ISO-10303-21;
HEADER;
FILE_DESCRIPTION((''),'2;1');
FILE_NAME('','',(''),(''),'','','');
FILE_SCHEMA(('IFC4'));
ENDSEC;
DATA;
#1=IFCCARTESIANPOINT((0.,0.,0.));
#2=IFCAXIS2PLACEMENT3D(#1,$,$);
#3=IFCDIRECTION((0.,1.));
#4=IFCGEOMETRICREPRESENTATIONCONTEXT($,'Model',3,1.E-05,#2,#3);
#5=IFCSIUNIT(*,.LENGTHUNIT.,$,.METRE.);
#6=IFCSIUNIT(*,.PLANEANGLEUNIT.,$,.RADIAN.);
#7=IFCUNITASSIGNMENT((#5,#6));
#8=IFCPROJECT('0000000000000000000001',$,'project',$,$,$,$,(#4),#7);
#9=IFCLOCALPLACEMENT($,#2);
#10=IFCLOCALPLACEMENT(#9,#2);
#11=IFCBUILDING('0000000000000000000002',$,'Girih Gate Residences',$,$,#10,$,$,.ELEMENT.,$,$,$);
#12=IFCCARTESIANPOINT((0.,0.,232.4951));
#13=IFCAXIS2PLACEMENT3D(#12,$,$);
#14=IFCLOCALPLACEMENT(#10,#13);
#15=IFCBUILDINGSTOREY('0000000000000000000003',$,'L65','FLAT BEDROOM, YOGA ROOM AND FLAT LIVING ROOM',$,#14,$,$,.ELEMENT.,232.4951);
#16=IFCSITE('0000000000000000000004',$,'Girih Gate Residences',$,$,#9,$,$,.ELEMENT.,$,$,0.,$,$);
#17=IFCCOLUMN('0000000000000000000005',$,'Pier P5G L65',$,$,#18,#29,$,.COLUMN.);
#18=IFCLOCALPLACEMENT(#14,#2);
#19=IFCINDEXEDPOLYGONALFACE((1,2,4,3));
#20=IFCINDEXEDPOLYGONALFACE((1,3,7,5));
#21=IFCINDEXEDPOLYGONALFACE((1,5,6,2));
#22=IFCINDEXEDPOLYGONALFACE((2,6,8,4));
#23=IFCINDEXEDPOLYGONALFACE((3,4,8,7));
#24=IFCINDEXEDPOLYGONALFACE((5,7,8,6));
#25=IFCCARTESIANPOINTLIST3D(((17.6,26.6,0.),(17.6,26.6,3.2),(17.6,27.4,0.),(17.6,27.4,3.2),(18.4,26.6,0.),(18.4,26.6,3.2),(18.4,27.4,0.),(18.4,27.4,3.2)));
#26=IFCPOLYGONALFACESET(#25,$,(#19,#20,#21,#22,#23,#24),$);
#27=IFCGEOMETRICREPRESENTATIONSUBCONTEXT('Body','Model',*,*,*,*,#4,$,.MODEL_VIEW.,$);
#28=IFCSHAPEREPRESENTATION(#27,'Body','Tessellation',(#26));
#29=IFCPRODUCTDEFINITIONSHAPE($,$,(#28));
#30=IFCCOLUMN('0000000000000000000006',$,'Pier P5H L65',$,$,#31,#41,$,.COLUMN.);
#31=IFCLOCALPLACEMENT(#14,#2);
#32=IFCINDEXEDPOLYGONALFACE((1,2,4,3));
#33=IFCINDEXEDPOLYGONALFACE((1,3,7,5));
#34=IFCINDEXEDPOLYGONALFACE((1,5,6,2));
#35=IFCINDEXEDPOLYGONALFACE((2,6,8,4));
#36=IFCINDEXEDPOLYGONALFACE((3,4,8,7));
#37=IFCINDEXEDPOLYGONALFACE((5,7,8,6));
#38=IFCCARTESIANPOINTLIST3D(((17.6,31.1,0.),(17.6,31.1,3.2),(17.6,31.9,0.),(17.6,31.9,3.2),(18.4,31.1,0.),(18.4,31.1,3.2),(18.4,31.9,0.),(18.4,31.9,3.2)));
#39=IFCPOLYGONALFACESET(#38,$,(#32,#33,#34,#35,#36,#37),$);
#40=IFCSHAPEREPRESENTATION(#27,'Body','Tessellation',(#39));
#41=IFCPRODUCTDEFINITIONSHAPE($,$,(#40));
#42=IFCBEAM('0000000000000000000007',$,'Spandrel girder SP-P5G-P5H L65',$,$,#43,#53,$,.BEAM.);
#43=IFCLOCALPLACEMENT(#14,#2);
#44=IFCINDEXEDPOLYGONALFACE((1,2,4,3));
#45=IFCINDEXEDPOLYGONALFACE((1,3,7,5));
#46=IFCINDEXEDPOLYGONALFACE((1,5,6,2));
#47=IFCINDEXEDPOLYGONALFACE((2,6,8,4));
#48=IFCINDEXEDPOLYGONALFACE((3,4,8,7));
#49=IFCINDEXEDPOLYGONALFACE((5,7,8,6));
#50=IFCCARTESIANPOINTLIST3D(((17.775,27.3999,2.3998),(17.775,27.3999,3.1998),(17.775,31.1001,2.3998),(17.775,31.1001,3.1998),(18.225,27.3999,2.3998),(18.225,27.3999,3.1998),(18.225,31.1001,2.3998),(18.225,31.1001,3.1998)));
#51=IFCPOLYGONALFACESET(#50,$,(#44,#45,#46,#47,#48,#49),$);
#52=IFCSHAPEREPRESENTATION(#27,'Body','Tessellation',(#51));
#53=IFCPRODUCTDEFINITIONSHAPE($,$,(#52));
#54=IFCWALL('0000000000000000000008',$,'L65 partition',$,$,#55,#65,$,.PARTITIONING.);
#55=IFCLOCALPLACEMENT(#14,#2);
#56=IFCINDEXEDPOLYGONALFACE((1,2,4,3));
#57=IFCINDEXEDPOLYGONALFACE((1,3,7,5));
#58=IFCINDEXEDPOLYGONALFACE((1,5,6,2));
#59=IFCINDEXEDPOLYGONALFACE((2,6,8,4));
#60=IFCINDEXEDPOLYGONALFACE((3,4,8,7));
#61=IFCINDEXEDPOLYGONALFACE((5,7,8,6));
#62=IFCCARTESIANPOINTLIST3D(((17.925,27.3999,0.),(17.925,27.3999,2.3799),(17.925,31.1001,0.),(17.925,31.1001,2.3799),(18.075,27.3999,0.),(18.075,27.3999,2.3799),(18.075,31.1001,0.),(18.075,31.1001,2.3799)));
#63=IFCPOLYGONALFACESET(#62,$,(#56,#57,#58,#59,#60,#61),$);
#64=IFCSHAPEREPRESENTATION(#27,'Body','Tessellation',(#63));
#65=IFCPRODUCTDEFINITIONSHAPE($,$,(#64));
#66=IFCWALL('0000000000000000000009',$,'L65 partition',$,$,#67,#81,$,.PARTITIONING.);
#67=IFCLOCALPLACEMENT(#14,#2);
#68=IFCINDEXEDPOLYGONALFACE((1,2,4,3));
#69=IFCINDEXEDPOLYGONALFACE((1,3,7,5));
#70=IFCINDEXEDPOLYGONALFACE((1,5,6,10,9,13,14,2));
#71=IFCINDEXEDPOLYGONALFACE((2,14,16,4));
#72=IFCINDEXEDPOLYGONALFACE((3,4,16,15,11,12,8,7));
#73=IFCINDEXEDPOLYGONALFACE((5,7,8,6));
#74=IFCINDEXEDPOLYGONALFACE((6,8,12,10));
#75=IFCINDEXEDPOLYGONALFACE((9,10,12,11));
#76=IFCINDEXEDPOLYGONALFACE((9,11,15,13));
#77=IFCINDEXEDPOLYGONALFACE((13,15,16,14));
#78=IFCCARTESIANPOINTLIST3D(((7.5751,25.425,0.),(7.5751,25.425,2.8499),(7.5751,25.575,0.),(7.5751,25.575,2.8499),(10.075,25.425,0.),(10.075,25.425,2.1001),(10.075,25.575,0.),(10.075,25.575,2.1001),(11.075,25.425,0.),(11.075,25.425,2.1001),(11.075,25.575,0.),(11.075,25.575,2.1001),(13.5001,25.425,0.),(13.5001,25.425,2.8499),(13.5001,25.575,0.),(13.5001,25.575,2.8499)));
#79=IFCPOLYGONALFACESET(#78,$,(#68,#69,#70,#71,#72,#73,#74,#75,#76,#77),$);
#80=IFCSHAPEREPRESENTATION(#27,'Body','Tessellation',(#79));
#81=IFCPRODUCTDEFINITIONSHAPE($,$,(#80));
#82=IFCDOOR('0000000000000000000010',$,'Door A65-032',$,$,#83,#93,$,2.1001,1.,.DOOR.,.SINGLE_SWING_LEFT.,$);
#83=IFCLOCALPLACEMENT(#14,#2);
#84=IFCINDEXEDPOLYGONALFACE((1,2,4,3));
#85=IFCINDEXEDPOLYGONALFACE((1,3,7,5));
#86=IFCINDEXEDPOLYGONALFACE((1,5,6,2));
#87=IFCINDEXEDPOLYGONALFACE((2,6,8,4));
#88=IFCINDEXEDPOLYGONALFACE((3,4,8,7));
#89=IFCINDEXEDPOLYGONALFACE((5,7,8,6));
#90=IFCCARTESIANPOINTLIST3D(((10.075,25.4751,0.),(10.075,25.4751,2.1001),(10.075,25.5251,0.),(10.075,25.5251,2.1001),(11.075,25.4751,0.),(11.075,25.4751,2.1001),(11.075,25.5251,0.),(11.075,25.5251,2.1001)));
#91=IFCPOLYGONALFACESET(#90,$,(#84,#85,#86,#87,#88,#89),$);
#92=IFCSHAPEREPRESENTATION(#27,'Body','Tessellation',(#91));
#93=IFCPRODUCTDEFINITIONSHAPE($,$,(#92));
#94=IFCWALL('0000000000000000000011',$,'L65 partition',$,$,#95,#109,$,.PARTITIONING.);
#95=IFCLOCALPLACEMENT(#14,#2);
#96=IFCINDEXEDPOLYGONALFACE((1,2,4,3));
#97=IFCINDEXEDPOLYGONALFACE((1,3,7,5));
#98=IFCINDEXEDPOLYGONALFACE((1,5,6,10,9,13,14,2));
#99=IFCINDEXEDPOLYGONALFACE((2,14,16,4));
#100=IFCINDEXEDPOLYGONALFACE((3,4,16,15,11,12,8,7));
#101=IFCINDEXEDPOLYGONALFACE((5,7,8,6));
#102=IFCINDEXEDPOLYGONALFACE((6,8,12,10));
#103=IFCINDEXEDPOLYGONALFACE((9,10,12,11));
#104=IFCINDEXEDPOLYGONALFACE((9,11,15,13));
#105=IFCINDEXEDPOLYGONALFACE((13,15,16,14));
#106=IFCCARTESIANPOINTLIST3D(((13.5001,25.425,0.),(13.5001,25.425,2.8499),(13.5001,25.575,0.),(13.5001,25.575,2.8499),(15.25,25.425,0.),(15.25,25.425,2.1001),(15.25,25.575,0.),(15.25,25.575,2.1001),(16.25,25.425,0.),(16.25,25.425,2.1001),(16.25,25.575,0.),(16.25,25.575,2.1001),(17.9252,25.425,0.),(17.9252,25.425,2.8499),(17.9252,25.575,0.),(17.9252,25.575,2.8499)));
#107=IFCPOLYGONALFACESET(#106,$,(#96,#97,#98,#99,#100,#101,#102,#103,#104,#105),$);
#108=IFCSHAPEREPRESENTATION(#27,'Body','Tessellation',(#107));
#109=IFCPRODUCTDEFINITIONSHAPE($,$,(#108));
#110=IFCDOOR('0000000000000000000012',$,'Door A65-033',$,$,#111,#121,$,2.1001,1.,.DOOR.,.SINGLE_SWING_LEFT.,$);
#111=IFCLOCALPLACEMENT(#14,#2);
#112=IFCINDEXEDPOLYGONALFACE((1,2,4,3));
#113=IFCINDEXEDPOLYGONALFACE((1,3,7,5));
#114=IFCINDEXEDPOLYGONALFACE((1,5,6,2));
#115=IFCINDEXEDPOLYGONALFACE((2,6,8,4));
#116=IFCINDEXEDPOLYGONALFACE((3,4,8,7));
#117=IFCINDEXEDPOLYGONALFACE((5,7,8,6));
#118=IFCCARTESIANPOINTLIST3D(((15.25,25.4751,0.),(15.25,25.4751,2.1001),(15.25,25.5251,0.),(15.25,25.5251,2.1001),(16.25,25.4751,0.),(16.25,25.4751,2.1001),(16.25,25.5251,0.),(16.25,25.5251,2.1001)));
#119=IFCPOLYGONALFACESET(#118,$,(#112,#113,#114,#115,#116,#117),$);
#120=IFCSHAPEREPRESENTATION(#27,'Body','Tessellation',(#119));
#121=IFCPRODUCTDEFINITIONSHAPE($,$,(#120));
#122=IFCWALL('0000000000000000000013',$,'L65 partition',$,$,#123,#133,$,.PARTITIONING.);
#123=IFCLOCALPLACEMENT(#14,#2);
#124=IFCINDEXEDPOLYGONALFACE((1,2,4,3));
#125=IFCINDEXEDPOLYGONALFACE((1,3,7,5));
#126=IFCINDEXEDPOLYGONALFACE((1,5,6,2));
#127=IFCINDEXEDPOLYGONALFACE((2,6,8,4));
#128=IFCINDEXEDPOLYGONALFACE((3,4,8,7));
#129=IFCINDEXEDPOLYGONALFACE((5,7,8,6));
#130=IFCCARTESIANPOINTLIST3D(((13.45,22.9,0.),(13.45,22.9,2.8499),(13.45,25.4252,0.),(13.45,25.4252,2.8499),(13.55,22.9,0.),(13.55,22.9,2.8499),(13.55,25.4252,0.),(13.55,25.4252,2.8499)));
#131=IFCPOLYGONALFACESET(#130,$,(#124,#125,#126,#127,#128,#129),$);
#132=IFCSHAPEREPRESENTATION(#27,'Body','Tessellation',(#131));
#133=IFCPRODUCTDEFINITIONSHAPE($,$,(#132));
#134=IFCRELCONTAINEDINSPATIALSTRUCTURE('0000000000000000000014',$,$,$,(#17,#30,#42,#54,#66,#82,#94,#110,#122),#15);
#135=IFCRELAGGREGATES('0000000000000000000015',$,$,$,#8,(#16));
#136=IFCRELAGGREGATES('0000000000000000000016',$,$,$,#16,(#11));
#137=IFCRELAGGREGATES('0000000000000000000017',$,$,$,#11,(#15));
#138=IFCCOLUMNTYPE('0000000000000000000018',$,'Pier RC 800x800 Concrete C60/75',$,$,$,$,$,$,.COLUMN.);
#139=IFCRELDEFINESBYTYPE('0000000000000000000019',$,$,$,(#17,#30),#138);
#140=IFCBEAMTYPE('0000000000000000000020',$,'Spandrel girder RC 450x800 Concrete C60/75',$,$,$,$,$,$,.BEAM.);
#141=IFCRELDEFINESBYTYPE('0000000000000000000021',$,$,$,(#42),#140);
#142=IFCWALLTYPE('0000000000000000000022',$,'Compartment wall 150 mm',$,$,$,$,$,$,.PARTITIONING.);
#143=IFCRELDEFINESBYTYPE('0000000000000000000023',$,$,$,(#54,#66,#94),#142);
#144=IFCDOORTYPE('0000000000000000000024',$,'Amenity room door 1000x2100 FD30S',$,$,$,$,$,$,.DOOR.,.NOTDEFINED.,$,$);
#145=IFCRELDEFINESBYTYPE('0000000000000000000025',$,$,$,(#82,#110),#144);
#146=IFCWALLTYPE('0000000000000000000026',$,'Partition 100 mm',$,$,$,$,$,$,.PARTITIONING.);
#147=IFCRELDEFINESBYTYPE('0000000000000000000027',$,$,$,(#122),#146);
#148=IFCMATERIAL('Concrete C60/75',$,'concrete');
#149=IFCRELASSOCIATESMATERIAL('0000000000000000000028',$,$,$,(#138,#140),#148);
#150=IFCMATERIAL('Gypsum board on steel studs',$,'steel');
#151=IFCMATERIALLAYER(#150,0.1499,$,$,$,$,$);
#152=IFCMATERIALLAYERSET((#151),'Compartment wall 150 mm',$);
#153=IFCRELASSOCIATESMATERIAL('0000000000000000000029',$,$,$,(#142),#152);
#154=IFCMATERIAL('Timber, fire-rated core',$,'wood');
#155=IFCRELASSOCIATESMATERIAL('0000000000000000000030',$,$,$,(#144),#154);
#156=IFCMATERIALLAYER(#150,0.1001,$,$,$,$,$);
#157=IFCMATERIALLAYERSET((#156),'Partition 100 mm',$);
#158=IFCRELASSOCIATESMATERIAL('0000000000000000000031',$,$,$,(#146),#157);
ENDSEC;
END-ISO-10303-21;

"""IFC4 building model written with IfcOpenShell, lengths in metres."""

from ifc_helpers import new_model, si_unit, direction, frame, frame_2d, origin, origin_2d, place, context, subcontext, project, spatial, rectangle, extrude, material, layer, layer_set, material_profile, profile_set, type_object, element, fill, save


model = new_model("IFC4")

# Units and contexts
model_context = context("Model", 3, precision=1e-05, world=origin(), true_north=direction((0.0, 1.0)))
body_context = subcontext(model_context, "Body", "Model", "MODEL_VIEW")
ifc_project = project(units=[si_unit("LENGTHUNIT", "METRE"), si_unit("PLANEANGLEUNIT", "RADIAN")], contexts=[model_context])

# Site, building, storey
site_placement = place(None, origin())
site = spatial("IfcSite", under=ifc_project, at=site_placement, Name="Girih Gate Residences", CompositionType="ELEMENT", RefElevation=0.0)
building_placement = place(site_placement, origin())
building = spatial("IfcBuilding", under=site, at=building_placement, Name="Girih Gate Residences", CompositionType="ELEMENT")
storey_placement = place(building_placement, frame((0.0, 0.0, 232.4951)))
storey = spatial("IfcBuildingStorey", under=building, at=storey_placement, Name="L65", Description="FLAT BEDROOM, YOGA ROOM AND FLAT LIVING ROOM", CompositionType="ELEMENT", Elevation=232.4951)

# Columns
ifc_material_1 = material(Name="Concrete C60/75", Category="concrete")
ifc_material_profile_1 = material_profile(ifc_material_1, rectangle(XDim=0.8, YDim=0.8, at=origin_2d()))
ifc_profile_set_1 = profile_set([ifc_material_profile_1], Name="Concrete C60/75")
column_type = type_object("IfcColumnType", Name="Pier RC 800x800 Concrete C60/75", PredefinedType="COLUMN", material=ifc_profile_set_1)
for number, where, z_axis, x_axis, name in (
    (1, (18.0, 27.0, 0.0), (0.0, 0.0, 1.0), (1.0, 0.0, 0.0), "Pier P5G L65"),
    (2, (18.0, 31.5, 0.0), (0.0, 0.0, 1.0), (1.0, 0.0, 0.0), "Pier P5H L65"),
):
    element("IfcColumn", number, at=place(storey_placement, frame(where, z_axis=z_axis, x_axis=x_axis)), inside=storey, type_object=column_type, Name=name, PredefinedType="COLUMN", context=body_context, shape_type="SweptSolid", body=[
        extrude(rectangle(XDim=0.8, YDim=0.8, at=origin_2d()), origin(), (0.0, 0.0, 1.0), 3.2),
    ])

# Beam
ifc_material_profile_2 = material_profile(ifc_material_1, rectangle(XDim=0.45, YDim=0.8, at=origin_2d()))
ifc_profile_set_2 = profile_set([ifc_material_profile_2], Name="Concrete C60/75")
beam_type = type_object("IfcBeamType", Name="Spandrel girder RC 450x800 Concrete C60/75", PredefinedType="BEAM", material=ifc_profile_set_2)
beam_placement = place(storey_placement, frame((18.0, 27.3999, 2.7998), z_axis=(0.0, 1.0, 0.0), x_axis=(-1.0, 0.0, 0.0)))
element("IfcBeam", 3, at=beam_placement, inside=storey, type_object=beam_type, Name="Spandrel girder SP-P5G-P5H L65", PredefinedType="BEAM", context=body_context, shape_type="SweptSolid", body=[
    extrude(rectangle(XDim=0.45, YDim=0.8, at=origin_2d()), origin(), (0.0, 0.0, 1.0), 3.7002),
])

# Wall
ifc_material_2 = material(Name="Gypsum board on steel studs", Category="steel")
ifc_layer_1 = layer(ifc_material_2, 0.1499)
ifc_layer_set_1 = layer_set([ifc_layer_1], Name="Compartment wall 150 mm")
wall_type_1 = type_object("IfcWallType", Name="Compartment wall 150 mm", PredefinedType="PARTITIONING", material=ifc_layer_set_1)
wall_1_placement = place(storey_placement, frame((18.0, 27.3999, 0.0), z_axis=(0.0, 0.0, 1.0), x_axis=(0.0, 1.0, 0.0)))
element("IfcWall", 4, at=wall_1_placement, inside=storey, type_object=wall_type_1, Name="L65 partition", PredefinedType="PARTITIONING", context=body_context, shape_type="SweptSolid", body=[
    extrude(rectangle(XDim=3.7002, YDim=0.1499, at=frame_2d((1.8501, 0.0))), origin(), (0.0, 0.0, 1.0), 2.3799),
])

# Walls, openings, doors
wall_2_placement = place(storey_placement, frame((13.5, 25.5, 0.0), z_axis=(0.0, 0.0, 1.0), x_axis=(-1.0, 0.0, 0.0)))
wall_2 = element("IfcWall", 5, at=wall_2_placement, inside=storey, type_object=wall_type_1, Name="L65 partition", PredefinedType="PARTITIONING", context=body_context, shape_type="SweptSolid", body=[
    extrude(rectangle(XDim=5.925, YDim=0.1499, at=frame_2d((2.9624, 0.0))), origin(), (0.0, 0.0, 1.0), 2.8499),
])
opening_1_placement = place(wall_2_placement, frame((2.425, 0.0, 0.0)))
opening_1 = element("IfcOpeningElement", 6, at=opening_1_placement, cuts=wall_2, PredefinedType="OPENING", context=body_context, shape_type="SweptSolid", body=[
    extrude(rectangle(XDim=1.0, YDim=2.1001, at=frame_2d((0.5, 1.05))), frame((0.0, 0.085, 0.0), z_axis=(0.0, -1.0, 0.0), x_axis=(1.0, 0.0, 0.0)), (0.0, 0.0, 1.0), 0.1699),
])
ifc_material_3 = material(Name="Timber, fire-rated core", Category="wood")
door_type_1 = type_object("IfcDoorType", Name="Amenity room door 1000x2100 FD30S", OperationType="NOTDEFINED", PredefinedType="DOOR", material=ifc_material_3)
door_1_placement = place(opening_1_placement, origin())
door_1 = element("IfcDoor", 7, at=door_1_placement, inside=storey, type_object=door_type_1, Name="Door A65-032", OperationType="SINGLE_SWING_LEFT", OverallHeight=2.1001, OverallWidth=1.0, PredefinedType="DOOR", context=body_context, shape_type="SweptSolid", body=[
    extrude(rectangle(XDim=1.0, YDim=2.1001, at=frame_2d((0.5, 1.05))), frame((0.0, 0.0249, 0.0), z_axis=(0.0, -1.0, 0.0), x_axis=(1.0, 0.0, 0.0)), (0.0, 0.0, 1.0), 0.05),
])
fill(opening_1, door_1)
wall_3_placement = place(storey_placement, frame((17.925, 25.5, 0.0), z_axis=(0.0, 0.0, 1.0), x_axis=(-1.0, 0.0, 0.0)))
wall_3 = element("IfcWall", 8, at=wall_3_placement, inside=storey, type_object=wall_type_1, Name="L65 partition", PredefinedType="PARTITIONING", context=body_context, shape_type="SweptSolid", body=[
    extrude(rectangle(XDim=4.425, YDim=0.1499, at=frame_2d((2.2124, 0.0))), origin(), (0.0, 0.0, 1.0), 2.8499),
])
opening_2_placement = place(wall_3_placement, frame((1.675, 0.0, 0.0)))
opening_2 = element("IfcOpeningElement", 9, at=opening_2_placement, cuts=wall_3, PredefinedType="OPENING", context=body_context, shape_type="SweptSolid", body=[
    extrude(rectangle(XDim=1.0, YDim=2.1001, at=frame_2d((0.5, 1.05))), frame((0.0, 0.085, 0.0), z_axis=(0.0, -1.0, 0.0), x_axis=(1.0, 0.0, 0.0)), (0.0, 0.0, 1.0), 0.1699),
])
door_2_placement = place(opening_2_placement, origin())
door_2 = element("IfcDoor", 10, at=door_2_placement, inside=storey, type_object=door_type_1, Name="Door A65-033", OperationType="SINGLE_SWING_LEFT", OverallHeight=2.1001, OverallWidth=1.0, PredefinedType="DOOR", context=body_context, shape_type="SweptSolid", body=[
    extrude(rectangle(XDim=1.0, YDim=2.1001, at=frame_2d((0.5, 1.05))), frame((0.0, 0.0249, 0.0), z_axis=(0.0, -1.0, 0.0), x_axis=(1.0, 0.0, 0.0)), (0.0, 0.0, 1.0), 0.05),
])
fill(opening_2, door_2)

# Wall
ifc_layer_2 = layer(ifc_material_2, 0.1001)
ifc_layer_set_2 = layer_set([ifc_layer_2], Name="Partition 100 mm")
wall_type_2 = type_object("IfcWallType", Name="Partition 100 mm", PredefinedType="PARTITIONING", material=ifc_layer_set_2)
wall_4_placement = place(storey_placement, frame((13.5, 22.8999, 0.0), z_axis=(0.0, 0.0, 1.0), x_axis=(0.0, 1.0, 0.0)))
element("IfcWall", 11, at=wall_4_placement, inside=storey, type_object=wall_type_2, Name="L65 partition", PredefinedType="PARTITIONING", context=body_context, shape_type="SweptSolid", body=[
    extrude(rectangle(XDim=2.5251, YDim=0.1001, at=frame_2d((1.2627, 0.0))), origin(), (0.0, 0.0, 1.0), 2.8499),
])

save(model, "model.ifc")
